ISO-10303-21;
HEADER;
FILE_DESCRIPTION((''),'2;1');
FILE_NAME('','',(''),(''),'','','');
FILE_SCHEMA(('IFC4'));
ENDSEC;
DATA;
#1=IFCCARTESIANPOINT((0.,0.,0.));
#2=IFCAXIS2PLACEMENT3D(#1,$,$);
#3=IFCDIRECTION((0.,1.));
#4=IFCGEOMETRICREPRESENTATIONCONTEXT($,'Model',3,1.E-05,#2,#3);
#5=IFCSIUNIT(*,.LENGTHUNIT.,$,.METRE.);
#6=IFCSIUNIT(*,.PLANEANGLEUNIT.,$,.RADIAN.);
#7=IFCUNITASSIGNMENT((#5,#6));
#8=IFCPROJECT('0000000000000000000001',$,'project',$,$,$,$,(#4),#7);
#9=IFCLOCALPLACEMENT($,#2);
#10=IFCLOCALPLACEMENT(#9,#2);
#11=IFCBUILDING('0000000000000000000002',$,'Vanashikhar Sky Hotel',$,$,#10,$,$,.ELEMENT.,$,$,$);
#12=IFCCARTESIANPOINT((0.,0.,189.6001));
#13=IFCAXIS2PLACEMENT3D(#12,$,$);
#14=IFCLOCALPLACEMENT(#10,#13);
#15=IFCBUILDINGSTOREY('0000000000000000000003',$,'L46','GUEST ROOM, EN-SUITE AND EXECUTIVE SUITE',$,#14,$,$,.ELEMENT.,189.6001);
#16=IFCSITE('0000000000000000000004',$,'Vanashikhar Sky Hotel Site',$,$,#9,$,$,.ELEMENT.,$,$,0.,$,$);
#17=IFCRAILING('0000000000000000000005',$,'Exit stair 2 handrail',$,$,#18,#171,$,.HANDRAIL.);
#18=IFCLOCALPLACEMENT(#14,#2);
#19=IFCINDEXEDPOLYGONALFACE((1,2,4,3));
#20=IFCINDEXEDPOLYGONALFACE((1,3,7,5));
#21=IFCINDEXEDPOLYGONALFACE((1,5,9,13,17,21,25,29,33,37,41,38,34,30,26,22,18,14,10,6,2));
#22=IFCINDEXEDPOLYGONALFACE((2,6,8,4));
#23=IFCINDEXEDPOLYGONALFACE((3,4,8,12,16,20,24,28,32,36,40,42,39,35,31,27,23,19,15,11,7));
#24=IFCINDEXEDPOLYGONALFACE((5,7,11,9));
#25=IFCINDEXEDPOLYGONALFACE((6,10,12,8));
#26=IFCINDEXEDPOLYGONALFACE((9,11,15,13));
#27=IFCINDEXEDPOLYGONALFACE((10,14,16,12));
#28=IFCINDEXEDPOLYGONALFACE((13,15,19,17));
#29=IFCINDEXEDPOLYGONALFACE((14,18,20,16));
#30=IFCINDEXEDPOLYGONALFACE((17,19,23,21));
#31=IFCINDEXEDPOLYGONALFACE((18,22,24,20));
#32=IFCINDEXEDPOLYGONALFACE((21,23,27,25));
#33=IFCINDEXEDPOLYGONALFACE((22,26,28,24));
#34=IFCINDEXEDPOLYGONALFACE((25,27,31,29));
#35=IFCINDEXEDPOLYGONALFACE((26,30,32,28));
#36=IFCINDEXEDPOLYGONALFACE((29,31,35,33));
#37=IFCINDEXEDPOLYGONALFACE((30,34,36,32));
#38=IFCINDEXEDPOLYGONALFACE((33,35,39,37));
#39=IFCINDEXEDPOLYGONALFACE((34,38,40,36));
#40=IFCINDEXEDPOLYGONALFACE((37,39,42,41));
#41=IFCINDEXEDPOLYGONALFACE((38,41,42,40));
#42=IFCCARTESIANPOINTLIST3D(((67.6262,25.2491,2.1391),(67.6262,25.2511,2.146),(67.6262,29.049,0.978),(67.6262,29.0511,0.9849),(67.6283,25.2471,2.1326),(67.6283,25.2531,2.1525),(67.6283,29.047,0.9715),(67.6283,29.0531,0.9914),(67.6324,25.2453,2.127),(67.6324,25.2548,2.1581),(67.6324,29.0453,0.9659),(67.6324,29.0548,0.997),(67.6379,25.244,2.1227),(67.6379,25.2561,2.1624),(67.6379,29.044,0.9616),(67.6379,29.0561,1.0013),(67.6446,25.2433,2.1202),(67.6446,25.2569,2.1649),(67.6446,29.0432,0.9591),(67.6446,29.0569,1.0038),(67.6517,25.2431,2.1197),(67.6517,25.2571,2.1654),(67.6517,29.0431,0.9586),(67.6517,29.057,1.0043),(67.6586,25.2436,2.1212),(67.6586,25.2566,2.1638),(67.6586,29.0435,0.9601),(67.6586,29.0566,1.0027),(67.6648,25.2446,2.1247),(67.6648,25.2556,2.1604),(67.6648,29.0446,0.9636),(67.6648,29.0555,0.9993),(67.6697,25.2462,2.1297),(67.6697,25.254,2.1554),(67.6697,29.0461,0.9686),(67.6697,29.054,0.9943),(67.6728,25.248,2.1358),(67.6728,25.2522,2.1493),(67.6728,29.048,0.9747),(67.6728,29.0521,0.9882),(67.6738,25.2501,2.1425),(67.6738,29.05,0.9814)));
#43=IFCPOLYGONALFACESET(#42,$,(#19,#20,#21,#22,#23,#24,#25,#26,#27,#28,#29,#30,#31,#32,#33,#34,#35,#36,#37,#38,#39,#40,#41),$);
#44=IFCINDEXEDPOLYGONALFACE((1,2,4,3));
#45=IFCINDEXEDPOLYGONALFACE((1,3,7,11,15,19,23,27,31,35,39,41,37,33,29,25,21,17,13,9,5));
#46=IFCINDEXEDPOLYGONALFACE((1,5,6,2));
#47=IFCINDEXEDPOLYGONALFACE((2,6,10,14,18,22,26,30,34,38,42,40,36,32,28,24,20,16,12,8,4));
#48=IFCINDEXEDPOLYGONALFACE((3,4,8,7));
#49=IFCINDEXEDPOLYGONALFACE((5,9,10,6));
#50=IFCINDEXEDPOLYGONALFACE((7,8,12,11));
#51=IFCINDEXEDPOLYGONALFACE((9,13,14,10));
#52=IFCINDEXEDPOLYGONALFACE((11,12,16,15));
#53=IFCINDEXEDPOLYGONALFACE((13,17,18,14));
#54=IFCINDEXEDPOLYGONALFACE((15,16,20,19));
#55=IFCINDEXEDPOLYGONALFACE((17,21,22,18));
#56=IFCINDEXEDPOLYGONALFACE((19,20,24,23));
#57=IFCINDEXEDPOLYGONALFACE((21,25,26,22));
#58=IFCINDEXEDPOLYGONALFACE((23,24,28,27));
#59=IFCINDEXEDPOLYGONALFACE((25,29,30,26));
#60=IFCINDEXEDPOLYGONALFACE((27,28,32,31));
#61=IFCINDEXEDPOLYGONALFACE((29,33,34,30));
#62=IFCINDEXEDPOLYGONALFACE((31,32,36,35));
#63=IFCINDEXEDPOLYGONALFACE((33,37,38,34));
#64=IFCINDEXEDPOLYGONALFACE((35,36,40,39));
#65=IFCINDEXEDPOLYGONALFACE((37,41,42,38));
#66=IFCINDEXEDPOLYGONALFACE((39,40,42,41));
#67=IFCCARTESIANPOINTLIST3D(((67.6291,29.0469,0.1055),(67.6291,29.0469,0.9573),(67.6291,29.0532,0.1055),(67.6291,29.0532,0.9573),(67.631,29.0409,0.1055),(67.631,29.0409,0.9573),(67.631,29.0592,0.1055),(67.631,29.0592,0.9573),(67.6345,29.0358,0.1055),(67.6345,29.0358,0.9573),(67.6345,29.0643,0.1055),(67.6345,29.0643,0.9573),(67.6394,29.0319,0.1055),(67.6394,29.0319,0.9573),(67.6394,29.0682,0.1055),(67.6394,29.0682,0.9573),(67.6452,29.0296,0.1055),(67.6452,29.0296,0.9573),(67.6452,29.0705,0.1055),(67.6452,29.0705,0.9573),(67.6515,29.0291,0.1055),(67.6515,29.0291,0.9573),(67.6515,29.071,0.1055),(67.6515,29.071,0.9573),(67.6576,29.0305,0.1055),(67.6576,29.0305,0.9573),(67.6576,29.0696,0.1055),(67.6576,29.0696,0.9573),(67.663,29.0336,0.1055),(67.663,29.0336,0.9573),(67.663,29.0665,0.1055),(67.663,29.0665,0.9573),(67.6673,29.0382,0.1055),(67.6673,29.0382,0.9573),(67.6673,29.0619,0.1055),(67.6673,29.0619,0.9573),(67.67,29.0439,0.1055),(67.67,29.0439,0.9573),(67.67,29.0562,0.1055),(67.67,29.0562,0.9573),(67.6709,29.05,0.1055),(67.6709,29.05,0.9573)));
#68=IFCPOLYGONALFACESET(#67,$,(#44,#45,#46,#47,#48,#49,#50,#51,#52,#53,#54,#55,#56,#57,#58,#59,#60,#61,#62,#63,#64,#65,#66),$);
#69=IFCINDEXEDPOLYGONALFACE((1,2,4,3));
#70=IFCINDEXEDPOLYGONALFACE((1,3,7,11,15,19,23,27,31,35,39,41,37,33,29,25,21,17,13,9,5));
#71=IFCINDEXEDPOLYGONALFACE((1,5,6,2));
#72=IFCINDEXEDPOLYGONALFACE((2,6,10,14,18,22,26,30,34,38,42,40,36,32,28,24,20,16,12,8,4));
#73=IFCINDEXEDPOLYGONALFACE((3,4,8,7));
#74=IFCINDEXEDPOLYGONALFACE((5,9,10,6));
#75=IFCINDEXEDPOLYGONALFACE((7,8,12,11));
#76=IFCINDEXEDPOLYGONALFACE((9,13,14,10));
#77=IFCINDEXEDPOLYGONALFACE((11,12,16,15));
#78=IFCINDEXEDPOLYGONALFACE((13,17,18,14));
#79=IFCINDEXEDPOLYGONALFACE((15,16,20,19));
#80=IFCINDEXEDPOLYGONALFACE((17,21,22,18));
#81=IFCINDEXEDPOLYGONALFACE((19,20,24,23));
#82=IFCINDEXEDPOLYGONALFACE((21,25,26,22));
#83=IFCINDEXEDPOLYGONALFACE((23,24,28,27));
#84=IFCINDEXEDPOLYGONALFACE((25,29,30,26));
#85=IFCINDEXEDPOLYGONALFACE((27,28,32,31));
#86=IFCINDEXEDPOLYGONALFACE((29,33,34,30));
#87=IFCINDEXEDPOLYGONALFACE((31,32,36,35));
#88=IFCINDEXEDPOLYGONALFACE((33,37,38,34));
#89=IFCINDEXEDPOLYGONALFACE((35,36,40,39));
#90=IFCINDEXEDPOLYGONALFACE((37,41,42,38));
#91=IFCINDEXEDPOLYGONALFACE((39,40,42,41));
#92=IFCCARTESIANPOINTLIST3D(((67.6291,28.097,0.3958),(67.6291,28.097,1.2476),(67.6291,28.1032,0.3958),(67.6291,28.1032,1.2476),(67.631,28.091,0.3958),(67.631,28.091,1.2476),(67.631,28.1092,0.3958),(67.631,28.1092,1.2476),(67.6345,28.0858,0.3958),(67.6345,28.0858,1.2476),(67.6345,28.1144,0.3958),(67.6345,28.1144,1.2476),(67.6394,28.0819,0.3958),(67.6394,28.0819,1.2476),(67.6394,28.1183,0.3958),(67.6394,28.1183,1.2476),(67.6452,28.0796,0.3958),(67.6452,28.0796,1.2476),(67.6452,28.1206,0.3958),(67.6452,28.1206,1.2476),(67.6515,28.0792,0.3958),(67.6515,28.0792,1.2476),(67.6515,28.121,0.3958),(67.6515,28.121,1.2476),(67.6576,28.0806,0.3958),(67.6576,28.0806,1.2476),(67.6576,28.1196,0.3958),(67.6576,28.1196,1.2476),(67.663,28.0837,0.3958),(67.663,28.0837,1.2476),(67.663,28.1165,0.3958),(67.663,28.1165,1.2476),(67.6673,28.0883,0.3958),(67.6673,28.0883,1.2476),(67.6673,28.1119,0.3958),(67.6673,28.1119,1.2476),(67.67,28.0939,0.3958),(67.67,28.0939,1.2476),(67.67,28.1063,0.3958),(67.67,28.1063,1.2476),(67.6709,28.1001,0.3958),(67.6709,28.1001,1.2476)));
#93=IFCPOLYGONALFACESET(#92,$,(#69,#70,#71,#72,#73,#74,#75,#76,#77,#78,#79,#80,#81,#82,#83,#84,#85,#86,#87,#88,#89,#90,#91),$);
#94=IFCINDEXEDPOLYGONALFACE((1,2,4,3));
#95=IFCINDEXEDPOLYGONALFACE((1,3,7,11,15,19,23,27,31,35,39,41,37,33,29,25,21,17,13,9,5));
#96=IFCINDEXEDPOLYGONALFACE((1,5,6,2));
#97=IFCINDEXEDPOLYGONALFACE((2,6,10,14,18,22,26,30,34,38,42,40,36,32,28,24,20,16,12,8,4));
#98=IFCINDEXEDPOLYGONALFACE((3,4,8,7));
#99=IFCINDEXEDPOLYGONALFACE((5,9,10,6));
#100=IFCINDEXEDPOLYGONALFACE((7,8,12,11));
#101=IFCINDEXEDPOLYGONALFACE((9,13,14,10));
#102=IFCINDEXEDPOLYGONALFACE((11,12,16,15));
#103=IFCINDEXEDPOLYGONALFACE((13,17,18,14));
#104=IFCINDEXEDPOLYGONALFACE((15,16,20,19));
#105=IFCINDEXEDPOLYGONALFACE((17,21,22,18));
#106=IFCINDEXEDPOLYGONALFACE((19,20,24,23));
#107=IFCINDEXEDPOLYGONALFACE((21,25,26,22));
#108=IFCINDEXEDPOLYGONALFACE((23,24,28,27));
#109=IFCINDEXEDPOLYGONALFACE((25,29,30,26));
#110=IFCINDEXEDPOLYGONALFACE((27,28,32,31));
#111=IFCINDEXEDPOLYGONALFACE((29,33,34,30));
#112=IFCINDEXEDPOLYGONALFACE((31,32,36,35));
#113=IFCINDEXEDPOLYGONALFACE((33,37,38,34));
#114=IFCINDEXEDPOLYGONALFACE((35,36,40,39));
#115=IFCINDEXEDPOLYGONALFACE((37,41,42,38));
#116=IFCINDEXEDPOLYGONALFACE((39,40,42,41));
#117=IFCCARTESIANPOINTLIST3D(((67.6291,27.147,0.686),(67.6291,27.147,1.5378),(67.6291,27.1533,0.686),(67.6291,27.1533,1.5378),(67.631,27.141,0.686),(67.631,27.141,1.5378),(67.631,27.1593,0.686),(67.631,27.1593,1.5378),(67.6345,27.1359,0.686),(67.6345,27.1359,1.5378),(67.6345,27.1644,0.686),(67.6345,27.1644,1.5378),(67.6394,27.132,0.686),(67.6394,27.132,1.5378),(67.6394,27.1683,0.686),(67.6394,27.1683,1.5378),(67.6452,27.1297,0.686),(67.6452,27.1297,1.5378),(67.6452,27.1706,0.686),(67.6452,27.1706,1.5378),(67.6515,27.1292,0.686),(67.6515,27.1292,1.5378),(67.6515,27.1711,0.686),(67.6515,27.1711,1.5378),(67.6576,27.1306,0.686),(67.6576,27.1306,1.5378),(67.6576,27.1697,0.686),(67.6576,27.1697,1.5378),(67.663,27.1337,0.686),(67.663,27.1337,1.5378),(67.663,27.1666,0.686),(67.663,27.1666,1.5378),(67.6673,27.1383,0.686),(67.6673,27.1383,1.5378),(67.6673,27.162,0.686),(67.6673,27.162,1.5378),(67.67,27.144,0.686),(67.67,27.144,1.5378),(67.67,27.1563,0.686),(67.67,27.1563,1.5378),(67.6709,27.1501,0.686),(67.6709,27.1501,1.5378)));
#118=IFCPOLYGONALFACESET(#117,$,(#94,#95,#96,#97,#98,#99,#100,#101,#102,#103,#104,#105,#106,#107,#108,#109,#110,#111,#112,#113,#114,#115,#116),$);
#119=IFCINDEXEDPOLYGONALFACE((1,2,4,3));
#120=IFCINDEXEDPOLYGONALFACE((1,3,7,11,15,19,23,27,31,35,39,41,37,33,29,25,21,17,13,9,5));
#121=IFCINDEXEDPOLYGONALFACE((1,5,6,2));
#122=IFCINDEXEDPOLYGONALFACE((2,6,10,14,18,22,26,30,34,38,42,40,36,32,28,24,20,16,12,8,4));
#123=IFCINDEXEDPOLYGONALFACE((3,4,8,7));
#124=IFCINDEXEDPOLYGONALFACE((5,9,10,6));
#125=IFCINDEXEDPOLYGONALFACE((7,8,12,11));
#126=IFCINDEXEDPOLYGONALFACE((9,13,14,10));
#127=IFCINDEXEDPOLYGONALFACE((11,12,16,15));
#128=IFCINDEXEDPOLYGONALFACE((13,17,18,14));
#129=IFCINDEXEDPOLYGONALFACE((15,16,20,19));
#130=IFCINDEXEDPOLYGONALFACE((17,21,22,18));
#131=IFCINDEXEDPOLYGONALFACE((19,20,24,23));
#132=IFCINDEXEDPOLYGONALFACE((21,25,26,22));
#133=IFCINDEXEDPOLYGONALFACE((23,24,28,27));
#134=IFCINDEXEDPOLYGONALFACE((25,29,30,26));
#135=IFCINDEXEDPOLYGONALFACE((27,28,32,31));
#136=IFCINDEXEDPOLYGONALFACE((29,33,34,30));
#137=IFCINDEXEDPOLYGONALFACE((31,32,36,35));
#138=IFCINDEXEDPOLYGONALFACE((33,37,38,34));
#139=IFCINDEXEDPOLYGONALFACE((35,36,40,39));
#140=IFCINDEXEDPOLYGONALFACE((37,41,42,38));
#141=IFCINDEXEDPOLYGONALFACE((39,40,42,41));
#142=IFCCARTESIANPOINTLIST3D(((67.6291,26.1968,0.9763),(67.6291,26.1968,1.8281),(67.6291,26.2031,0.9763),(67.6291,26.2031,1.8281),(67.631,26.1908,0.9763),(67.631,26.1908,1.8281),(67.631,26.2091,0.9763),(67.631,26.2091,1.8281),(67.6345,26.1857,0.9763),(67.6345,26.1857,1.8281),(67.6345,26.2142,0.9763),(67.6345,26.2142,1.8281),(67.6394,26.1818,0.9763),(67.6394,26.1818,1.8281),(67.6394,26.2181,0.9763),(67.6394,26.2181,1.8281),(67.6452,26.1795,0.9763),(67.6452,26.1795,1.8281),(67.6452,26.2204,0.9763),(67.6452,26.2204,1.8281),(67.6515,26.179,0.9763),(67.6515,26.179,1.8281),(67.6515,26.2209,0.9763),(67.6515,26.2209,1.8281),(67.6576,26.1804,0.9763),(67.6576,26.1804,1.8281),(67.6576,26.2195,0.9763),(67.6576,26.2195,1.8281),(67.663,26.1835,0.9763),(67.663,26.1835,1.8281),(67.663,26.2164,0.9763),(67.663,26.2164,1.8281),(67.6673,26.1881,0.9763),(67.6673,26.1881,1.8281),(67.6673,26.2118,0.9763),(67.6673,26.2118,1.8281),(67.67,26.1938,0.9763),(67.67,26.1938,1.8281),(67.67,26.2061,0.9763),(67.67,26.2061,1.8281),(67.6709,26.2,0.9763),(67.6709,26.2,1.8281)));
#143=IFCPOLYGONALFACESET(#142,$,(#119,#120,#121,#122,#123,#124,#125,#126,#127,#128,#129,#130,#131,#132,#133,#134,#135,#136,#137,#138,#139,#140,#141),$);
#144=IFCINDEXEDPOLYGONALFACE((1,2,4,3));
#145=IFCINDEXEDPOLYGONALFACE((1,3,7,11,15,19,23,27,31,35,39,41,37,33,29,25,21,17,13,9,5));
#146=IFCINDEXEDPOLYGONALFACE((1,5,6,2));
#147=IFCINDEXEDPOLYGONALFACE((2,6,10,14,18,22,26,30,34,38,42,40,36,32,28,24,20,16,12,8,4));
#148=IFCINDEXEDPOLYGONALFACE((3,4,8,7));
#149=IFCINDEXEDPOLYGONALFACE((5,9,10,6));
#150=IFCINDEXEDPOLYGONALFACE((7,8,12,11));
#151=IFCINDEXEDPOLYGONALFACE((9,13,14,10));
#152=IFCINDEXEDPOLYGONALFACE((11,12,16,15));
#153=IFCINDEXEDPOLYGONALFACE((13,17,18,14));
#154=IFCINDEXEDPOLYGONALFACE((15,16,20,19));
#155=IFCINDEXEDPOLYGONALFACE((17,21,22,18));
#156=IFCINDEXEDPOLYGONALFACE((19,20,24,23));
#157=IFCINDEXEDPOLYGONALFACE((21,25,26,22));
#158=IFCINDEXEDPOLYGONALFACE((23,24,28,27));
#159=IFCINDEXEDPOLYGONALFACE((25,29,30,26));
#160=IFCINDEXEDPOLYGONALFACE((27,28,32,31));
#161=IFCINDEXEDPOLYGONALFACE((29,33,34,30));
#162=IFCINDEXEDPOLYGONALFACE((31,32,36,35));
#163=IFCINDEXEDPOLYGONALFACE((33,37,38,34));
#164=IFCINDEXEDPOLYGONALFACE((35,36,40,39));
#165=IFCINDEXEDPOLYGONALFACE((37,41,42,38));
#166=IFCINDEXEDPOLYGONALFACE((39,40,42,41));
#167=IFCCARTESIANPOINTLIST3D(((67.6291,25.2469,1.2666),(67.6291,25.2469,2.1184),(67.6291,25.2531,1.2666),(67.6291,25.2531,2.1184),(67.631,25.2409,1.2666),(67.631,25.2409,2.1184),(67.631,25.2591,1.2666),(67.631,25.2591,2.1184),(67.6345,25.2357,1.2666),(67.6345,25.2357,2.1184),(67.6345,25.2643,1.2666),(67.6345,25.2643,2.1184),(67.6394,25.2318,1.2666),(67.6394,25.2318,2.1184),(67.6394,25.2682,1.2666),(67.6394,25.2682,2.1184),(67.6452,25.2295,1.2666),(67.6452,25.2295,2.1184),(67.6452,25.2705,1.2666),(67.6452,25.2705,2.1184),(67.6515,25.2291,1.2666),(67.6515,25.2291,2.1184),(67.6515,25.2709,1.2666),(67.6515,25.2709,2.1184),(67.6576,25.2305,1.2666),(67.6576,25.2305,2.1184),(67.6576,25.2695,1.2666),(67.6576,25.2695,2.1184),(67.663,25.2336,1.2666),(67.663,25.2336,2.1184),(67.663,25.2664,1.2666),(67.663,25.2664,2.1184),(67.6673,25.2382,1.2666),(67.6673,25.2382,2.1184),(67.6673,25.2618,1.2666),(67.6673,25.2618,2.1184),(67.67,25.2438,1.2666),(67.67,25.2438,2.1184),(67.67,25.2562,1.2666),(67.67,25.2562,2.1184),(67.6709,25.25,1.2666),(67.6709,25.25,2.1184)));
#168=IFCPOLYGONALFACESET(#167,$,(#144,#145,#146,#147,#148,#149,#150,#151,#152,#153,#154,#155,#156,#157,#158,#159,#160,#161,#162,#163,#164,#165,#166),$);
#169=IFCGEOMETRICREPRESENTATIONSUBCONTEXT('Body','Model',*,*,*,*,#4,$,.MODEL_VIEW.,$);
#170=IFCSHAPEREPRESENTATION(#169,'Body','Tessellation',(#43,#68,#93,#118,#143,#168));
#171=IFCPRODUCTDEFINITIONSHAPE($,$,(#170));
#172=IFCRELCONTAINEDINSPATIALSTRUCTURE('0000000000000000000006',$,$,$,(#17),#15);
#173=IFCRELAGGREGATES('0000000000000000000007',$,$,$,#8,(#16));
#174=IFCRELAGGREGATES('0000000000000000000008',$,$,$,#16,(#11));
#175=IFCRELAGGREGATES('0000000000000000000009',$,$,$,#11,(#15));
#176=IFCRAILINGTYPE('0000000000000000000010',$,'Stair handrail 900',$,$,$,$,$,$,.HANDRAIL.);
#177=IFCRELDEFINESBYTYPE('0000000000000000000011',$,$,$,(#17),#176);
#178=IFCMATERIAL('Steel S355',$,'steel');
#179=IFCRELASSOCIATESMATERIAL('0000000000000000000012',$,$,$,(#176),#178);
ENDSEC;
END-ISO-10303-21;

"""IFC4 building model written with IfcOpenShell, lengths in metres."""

from ifc_helpers import new_model, si_unit, direction, frame, origin, origin_2d, place, context, subcontext, project, spatial, circle, extrude, source, transform, mapped, material, type_object, element, save


model = new_model("IFC4")

# Units and contexts
model_context = context("Model", 3, precision=1e-05, world=origin(), true_north=direction((0.0, 1.0)))
body_context = subcontext(model_context, "Body", "Model", "MODEL_VIEW")
ifc_project = project(units=[si_unit("LENGTHUNIT", "METRE"), si_unit("PLANEANGLEUNIT", "RADIAN")], contexts=[model_context])

# Site, building, storey
site_placement = place(None, origin())
site = spatial("IfcSite", under=ifc_project, at=site_placement, Name="Vanashikhar Sky Hotel Site", CompositionType="ELEMENT", RefElevation=0.0)
building_placement = place(site_placement, origin())
building = spatial("IfcBuilding", under=site, at=building_placement, Name="Vanashikhar Sky Hotel", CompositionType="ELEMENT")
storey_placement = place(building_placement, frame((0.0, 0.0, 189.6001)))
storey = spatial("IfcBuildingStorey", under=building, at=storey_placement, Name="L46", Description="GUEST ROOM, EN-SUITE AND EXECUTIVE SUITE", CompositionType="ELEMENT", Elevation=189.6001)

# Railing
ifc_material_1 = material(Name="Steel S355", Category="steel")
railing_type = type_object("IfcRailingType", Name="Stair handrail 900", PredefinedType="HANDRAIL", material=ifc_material_1)
shared_shape_1 = source(origin(), body_context, "Body", "SweptSolid", [
    extrude(circle(Radius=0.0239, at=origin_2d()), frame((0.0, 0.0, 0.876), z_axis=(0.0, -0.956351, 0.29222), x_axis=(1.0, 0.0, 0.0)), (0.0, 0.0, 1.0), 3.9734),
    extrude(circle(Radius=0.021, at=origin_2d()), origin(), (0.0, 0.0, 1.0), 0.8518),
    extrude(circle(Radius=0.021, at=origin_2d()), frame((0.0, -0.95, 0.2903)), (0.0, 0.0, 1.0), 0.8518),
    extrude(circle(Radius=0.021, at=origin_2d()), frame((0.0, -1.8999, 0.5806)), (0.0, 0.0, 1.0), 0.8518),
    extrude(circle(Radius=0.021, at=origin_2d()), frame((0.0, -2.8501, 0.8708)), (0.0, 0.0, 1.0), 0.8518),
    extrude(circle(Radius=0.021, at=origin_2d()), frame((0.0, -3.8, 1.1611)), (0.0, 0.0, 1.0), 0.8518),
])
for number, where, name in (
    (1, (67.6499, 29.05, 0.1055), "Exit stair 2 handrail"),
):
    element("IfcRailing", number, at=place(storey_placement, frame(where)), inside=storey, type_object=railing_type, Name=name, PredefinedType="HANDRAIL", context=body_context, shape_type="MappedRepresentation", body=[
        mapped(shared_shape_1, transform((0.0, 0.0, 0.0), scale=1.0)),
    ])

save(model, "model.ifc")
